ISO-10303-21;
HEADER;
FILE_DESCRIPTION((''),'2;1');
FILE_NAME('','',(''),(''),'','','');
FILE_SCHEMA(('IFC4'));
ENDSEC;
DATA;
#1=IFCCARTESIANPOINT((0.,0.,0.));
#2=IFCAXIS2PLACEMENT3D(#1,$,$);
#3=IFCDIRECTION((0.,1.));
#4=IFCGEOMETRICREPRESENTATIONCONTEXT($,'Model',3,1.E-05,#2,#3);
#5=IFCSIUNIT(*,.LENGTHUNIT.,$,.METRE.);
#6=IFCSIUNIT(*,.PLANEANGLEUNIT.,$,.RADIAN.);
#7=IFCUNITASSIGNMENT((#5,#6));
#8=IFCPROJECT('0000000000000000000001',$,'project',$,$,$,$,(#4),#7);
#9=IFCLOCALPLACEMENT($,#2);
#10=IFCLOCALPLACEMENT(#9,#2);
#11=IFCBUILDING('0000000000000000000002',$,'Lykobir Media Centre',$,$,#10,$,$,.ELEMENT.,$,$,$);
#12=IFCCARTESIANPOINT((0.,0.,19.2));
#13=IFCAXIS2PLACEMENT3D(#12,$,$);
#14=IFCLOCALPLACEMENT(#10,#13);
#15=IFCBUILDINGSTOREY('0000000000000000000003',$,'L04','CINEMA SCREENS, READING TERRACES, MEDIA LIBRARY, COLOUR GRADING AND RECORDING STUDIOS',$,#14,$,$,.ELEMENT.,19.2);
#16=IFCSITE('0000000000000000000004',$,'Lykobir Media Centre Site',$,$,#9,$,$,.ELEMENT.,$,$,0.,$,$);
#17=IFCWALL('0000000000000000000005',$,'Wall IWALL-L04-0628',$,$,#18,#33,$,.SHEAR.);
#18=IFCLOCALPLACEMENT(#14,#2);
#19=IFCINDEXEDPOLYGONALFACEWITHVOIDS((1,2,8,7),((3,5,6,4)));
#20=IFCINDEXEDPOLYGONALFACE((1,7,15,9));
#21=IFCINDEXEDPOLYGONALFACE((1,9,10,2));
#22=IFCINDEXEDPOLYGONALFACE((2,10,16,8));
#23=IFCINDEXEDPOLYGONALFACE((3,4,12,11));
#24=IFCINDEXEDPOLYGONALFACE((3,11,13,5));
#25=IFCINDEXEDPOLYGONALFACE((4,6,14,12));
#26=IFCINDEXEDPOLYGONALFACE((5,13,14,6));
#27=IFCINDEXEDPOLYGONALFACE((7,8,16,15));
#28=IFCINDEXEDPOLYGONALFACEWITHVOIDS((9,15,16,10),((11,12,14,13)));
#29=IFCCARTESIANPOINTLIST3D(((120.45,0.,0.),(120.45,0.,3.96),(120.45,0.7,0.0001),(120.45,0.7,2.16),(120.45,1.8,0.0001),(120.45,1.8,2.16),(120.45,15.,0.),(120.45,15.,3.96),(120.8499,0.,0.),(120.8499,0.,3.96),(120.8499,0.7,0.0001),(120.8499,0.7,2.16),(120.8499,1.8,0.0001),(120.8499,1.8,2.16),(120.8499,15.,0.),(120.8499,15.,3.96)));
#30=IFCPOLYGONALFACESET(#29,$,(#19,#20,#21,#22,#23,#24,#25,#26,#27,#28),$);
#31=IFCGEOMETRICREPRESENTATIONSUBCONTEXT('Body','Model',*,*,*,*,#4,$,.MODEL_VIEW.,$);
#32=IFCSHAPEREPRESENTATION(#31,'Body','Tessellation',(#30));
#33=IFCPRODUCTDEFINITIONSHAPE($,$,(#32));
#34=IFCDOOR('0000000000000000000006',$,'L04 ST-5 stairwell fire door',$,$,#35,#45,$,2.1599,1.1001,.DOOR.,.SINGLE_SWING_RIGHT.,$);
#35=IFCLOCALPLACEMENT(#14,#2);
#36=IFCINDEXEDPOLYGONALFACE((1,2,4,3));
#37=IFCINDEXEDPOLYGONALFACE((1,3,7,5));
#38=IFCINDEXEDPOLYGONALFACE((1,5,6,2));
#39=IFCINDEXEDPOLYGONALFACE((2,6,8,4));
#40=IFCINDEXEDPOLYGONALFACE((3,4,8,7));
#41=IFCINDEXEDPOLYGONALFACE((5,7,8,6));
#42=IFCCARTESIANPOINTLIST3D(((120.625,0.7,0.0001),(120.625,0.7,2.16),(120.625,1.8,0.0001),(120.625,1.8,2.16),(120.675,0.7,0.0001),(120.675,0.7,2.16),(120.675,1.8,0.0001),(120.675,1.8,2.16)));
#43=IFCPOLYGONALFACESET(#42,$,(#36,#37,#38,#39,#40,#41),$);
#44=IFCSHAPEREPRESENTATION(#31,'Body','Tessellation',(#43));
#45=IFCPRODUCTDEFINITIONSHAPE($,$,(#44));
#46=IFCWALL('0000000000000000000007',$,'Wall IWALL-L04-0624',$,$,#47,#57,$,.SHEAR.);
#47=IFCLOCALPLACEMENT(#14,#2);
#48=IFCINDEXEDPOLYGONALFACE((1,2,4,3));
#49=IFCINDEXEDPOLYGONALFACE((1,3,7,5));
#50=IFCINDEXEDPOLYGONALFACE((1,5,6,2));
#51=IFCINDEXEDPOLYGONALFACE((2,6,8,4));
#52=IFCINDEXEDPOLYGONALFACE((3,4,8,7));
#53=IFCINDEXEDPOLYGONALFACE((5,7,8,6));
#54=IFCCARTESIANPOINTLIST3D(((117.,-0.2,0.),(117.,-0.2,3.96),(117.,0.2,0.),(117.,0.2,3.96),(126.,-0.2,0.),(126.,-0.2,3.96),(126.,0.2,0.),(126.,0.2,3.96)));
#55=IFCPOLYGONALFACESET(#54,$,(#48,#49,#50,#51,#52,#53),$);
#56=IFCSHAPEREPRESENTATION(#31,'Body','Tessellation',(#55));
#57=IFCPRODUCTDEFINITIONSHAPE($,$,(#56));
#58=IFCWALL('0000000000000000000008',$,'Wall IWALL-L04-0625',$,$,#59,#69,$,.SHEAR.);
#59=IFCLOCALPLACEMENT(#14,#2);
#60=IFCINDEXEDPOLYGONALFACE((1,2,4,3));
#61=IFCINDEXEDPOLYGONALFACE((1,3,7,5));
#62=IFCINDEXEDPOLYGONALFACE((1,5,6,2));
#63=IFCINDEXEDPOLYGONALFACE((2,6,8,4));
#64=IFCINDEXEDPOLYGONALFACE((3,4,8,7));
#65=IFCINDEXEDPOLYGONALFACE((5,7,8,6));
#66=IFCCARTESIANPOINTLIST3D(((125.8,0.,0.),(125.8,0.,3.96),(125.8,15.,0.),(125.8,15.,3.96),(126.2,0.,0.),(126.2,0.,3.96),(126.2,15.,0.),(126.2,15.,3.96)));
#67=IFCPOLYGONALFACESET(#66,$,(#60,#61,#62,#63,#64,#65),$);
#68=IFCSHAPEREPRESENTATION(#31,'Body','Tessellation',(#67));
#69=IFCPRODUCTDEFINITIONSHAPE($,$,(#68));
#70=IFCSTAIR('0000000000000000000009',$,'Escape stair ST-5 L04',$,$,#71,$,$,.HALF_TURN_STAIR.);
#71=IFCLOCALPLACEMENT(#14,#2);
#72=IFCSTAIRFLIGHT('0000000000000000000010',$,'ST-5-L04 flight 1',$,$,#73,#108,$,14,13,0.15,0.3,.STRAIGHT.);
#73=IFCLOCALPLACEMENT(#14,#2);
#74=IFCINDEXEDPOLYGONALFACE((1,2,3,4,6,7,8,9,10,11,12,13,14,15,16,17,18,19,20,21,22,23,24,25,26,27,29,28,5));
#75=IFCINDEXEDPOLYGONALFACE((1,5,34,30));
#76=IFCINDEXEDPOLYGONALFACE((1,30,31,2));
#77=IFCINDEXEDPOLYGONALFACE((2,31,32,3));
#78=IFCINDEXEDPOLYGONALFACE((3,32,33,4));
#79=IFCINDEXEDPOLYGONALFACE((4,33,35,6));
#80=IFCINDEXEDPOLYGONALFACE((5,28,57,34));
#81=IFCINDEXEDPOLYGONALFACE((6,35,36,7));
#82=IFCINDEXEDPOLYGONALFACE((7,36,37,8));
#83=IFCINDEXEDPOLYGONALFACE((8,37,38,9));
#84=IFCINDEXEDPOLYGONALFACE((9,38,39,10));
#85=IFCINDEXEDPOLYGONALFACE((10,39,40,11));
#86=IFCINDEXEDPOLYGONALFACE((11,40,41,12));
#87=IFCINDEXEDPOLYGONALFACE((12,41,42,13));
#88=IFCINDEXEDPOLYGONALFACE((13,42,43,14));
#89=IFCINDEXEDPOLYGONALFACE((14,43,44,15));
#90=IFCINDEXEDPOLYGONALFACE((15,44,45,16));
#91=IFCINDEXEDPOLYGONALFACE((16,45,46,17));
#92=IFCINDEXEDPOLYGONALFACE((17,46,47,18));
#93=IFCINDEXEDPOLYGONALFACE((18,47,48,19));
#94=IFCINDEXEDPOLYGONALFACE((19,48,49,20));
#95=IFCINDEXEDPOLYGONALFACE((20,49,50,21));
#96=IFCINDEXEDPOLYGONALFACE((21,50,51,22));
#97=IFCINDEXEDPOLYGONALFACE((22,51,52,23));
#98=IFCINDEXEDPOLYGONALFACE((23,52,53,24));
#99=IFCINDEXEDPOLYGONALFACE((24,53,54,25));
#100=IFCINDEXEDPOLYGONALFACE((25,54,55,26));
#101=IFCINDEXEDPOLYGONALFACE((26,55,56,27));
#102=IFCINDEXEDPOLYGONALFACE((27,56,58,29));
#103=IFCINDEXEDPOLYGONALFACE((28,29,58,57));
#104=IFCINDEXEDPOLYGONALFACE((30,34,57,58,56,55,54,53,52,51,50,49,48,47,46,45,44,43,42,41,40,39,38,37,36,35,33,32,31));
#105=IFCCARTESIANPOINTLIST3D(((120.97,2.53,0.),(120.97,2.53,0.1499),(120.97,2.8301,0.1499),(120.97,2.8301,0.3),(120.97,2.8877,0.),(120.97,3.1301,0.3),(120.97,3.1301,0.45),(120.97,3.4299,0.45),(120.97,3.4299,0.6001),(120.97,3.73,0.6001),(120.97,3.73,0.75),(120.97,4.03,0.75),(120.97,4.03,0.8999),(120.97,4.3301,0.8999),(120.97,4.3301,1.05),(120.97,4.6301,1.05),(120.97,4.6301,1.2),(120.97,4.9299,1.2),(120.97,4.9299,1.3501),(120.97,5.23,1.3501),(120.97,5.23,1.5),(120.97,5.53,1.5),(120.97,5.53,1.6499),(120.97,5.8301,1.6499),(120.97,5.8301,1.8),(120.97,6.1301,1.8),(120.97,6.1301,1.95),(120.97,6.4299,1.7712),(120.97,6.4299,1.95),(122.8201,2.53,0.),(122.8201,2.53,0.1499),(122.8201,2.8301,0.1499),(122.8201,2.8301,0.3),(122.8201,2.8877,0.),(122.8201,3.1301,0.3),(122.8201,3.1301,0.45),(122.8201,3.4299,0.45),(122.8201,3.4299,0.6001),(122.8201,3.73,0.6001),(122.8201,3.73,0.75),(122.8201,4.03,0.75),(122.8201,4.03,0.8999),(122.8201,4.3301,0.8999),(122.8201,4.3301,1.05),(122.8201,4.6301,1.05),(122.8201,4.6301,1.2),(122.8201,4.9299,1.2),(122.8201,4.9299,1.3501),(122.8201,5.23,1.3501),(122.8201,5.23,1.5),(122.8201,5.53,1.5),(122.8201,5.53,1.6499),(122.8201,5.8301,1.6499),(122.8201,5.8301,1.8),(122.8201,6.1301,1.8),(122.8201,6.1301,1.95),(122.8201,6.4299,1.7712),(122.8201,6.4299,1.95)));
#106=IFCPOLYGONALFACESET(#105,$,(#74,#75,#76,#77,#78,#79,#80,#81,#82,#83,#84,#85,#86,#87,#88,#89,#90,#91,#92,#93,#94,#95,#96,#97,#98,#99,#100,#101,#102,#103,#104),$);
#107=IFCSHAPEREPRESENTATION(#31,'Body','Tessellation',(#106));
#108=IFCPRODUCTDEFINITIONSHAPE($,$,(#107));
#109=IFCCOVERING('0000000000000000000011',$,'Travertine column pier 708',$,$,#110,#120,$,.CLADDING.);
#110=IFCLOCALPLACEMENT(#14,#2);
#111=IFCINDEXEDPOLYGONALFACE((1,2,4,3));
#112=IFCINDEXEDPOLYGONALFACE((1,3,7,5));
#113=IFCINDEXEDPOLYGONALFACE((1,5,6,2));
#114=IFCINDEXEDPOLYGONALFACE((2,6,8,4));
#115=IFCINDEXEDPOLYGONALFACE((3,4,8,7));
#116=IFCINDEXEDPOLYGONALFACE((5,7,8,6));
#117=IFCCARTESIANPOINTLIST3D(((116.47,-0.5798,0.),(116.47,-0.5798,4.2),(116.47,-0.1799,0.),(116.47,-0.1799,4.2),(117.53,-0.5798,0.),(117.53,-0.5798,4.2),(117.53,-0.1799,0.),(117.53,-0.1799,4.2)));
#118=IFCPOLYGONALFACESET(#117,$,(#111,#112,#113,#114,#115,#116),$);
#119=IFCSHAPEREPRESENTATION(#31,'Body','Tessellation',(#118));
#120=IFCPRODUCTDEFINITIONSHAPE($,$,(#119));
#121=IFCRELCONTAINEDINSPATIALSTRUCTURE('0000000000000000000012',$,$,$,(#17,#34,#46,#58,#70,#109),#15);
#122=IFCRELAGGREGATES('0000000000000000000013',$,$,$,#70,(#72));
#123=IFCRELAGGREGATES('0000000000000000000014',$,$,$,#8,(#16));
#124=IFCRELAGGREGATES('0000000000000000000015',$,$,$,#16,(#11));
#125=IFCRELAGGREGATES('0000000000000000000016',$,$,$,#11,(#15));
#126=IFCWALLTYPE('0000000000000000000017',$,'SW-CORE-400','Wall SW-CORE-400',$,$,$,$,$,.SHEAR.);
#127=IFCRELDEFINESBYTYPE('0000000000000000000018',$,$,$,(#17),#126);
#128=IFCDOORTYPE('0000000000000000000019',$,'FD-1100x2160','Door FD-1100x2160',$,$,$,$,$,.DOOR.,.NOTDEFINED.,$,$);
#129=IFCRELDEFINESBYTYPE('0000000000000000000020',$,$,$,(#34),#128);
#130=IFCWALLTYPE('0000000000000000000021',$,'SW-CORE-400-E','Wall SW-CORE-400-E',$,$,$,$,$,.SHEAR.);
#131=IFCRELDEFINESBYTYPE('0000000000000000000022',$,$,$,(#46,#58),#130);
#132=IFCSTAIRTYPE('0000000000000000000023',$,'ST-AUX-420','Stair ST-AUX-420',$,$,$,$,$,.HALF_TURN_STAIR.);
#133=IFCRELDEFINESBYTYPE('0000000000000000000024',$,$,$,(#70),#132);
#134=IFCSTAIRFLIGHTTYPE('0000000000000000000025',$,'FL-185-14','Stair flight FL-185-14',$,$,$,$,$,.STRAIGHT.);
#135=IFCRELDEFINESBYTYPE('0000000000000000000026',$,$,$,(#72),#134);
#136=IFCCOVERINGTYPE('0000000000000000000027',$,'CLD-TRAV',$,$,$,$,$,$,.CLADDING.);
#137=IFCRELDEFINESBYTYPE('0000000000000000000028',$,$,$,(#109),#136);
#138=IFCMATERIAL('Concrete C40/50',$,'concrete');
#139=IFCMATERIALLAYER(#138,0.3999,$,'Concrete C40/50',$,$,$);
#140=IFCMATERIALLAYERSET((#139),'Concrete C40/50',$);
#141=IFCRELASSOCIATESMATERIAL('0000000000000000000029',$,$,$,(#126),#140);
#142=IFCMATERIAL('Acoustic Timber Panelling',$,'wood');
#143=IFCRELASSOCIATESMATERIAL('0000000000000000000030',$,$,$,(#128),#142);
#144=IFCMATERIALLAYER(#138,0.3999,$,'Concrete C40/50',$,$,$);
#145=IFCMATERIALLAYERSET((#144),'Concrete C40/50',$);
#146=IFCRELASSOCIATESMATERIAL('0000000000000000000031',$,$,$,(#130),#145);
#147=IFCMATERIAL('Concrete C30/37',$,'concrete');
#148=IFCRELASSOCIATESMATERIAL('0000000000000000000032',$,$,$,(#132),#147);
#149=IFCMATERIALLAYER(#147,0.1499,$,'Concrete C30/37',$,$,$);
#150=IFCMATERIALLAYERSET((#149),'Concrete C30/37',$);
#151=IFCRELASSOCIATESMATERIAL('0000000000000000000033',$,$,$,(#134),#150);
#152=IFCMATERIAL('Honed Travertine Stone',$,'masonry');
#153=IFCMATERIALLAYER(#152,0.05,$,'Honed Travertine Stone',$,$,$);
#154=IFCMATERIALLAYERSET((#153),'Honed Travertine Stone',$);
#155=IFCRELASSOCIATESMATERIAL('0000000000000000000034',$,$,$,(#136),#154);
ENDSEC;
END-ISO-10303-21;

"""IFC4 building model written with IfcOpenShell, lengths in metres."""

from ifc_helpers import new_model, si_unit, direction, frame, frame_2d, origin, origin_2d, place, context, subcontext, project, spatial, polyline, rectangle, outline, extrude, material, layer, layer_set, type_object, element, fill, aggregate, save


model = new_model("IFC4")

# Units and contexts
model_context = context("Model", 3, precision=1e-05, world=origin(), true_north=direction((0.0, 1.0)))
body_context = subcontext(model_context, "Body", "Model", "MODEL_VIEW")
ifc_project = project(units=[si_unit("LENGTHUNIT", "METRE"), si_unit("PLANEANGLEUNIT", "RADIAN")], contexts=[model_context])

# Site, building, storey
site_placement = place(None, origin())
site = spatial("IfcSite", under=ifc_project, at=site_placement, Name="Lykobir Media Centre Site", CompositionType="ELEMENT", RefElevation=0.0)
building_placement = place(site_placement, origin())
building = spatial("IfcBuilding", under=site, at=building_placement, Name="Lykobir Media Centre", CompositionType="ELEMENT")
storey_placement = place(building_placement, frame((0.0, 0.0, 19.2)))
storey = spatial("IfcBuildingStorey", under=building, at=storey_placement, Name="L04", Description="CINEMA SCREENS, READING TERRACES, MEDIA LIBRARY, COLOUR GRADING AND RECORDING STUDIOS", CompositionType="ELEMENT", Elevation=19.2)

# Shared definitions
ifc_material_1 = material(Name="Concrete C40/50", Category="concrete")

# Shared definitions
ifc_material_2 = material(Name="Concrete C30/37", Category="concrete")

# Wall, opening, door
ifc_layer_1 = layer(ifc_material_1, 0.3999, Name="Concrete C40/50")
ifc_layer_set_1 = layer_set([ifc_layer_1], Name="Concrete C40/50")
wall_type_1 = type_object("IfcWallType", Name="SW-CORE-400", Description="Wall SW-CORE-400", PredefinedType="SHEAR", material=ifc_layer_set_1)
wall_1_placement = place(storey_placement, frame((120.6499, 0.0, 0.0), z_axis=(0.0, 0.0, 1.0), x_axis=(0.0, 1.0, 0.0)))
wall_1 = element("IfcWall", 1, at=wall_1_placement, inside=storey, type_object=wall_type_1, Name="Wall IWALL-L04-0628", PredefinedType="SHEAR", context=body_context, shape_type="SweptSolid", body=[
    extrude(rectangle(XDim=15.0, YDim=0.3999, at=frame_2d((7.5, 0.0))), origin(), (0.0, 0.0, 1.0), 3.96),
])
opening_placement = place(wall_1_placement, frame((0.7, 0.0, 0.0)))
opening = element("IfcOpeningElement", 2, at=opening_placement, cuts=wall_1, PredefinedType="OPENING", context=body_context, shape_type="SweptSolid", body=[
    extrude(rectangle(XDim=1.1001, YDim=2.1599, at=frame_2d((0.55, 1.0801))), frame((0.0, 0.21, 0.0), z_axis=(0.0, -1.0, 0.0), x_axis=(1.0, 0.0, 0.0)), (0.0, 0.0, 1.0), 0.4199),
])
ifc_material_3 = material(Name="Acoustic Timber Panelling", Category="wood")
door_type = type_object("IfcDoorType", Name="FD-1100x2160", Description="Door FD-1100x2160", OperationType="NOTDEFINED", PredefinedType="DOOR", material=ifc_material_3)
door_placement = place(opening_placement, origin())
door = element("IfcDoor", 3, at=door_placement, inside=storey, type_object=door_type, Name="L04 ST-5 stairwell fire door", OperationType="SINGLE_SWING_RIGHT", OverallHeight=2.1599, OverallWidth=1.1001, PredefinedType="DOOR", context=body_context, shape_type="SweptSolid", body=[
    extrude(rectangle(XDim=1.1001, YDim=2.1599, at=frame_2d((0.55, 1.0801))), frame((0.0, 0.0249, 0.0), z_axis=(0.0, -1.0, 0.0), x_axis=(1.0, 0.0, 0.0)), (0.0, 0.0, 1.0), 0.05),
])
fill(opening, door)

# Walls
ifc_layer_2 = layer(ifc_material_1, 0.3999, Name="Concrete C40/50")
ifc_layer_set_2 = layer_set([ifc_layer_2], Name="Concrete C40/50")
wall_type_2 = type_object("IfcWallType", Name="SW-CORE-400-E", Description="Wall SW-CORE-400-E", PredefinedType="SHEAR", material=ifc_layer_set_2)
wall_2_placement = place(storey_placement, frame((117.0, 0.0, 0.0), z_axis=(0.0, 0.0, 1.0), x_axis=(1.0, 0.0, 0.0)))
element("IfcWall", 4, at=wall_2_placement, inside=storey, type_object=wall_type_2, Name="Wall IWALL-L04-0624", PredefinedType="SHEAR", context=body_context, shape_type="SweptSolid", body=[
    extrude(rectangle(XDim=9.0, YDim=0.3999, at=frame_2d((4.5, 0.0))), origin(), (0.0, 0.0, 1.0), 3.96),
])
wall_3_placement = place(storey_placement, frame((126.0, 0.0, 0.0), z_axis=(0.0, 0.0, 1.0), x_axis=(0.0, 1.0, 0.0)))
element("IfcWall", 5, at=wall_3_placement, inside=storey, type_object=wall_type_2, Name="Wall IWALL-L04-0625", PredefinedType="SHEAR", context=body_context, shape_type="SweptSolid", body=[
    extrude(rectangle(XDim=15.0, YDim=0.3999, at=frame_2d((7.5, 0.0))), origin(), (0.0, 0.0, 1.0), 3.96),
])

# Stair, stair flight
stair_type = type_object("IfcStairType", Name="ST-AUX-420", Description="Stair ST-AUX-420", PredefinedType="HALF_TURN_STAIR", material=ifc_material_2)
stair_placement = place(storey_placement, origin())
stair = element("IfcStair", 6, at=stair_placement, inside=storey, type_object=stair_type, Name="Escape stair ST-5 L04", PredefinedType="HALF_TURN_STAIR")
ifc_layer_3 = layer(ifc_material_2, 0.1499, Name="Concrete C30/37")
ifc_layer_set_3 = layer_set([ifc_layer_3], Name="Concrete C30/37")
stair_flight_type = type_object("IfcStairFlightType", Name="FL-185-14", Description="Stair flight FL-185-14", PredefinedType="STRAIGHT", material=ifc_layer_set_3)
stair_flight_placement = place(storey_placement, frame((121.895, 2.53, 0.0), z_axis=(0.0, 0.0, 1.0), x_axis=(0.0, 1.0, 0.0)))
stair_flight = element("IfcStairFlight", 7, at=stair_flight_placement, type_object=stair_flight_type, Name="ST-5-L04 flight 1", NumberOfRisers=14, NumberOfTreads=13, PredefinedType="STRAIGHT", RiserHeight=0.15, TreadLength=0.3, context=body_context, shape_type="SweptSolid", body=[
    extrude(outline(polyline([(0.0, 0.0), (0.0, 0.1499), (0.3, 0.1499), (0.3, 0.3), (0.6001, 0.3), (0.6001, 0.45), (0.8999, 0.45), (0.8999, 0.6001), (1.2, 0.6001), (1.2, 0.75), (1.5, 0.75), (1.5, 0.8999), (1.8, 0.8999), (1.8, 1.05), (2.1001, 1.05), (2.1001, 1.2), (2.3999, 1.2), (2.3999, 1.3501), (2.7, 1.3501), (2.7, 1.5), (3.0, 1.5), (3.0, 1.6499), (3.3, 1.6499), (3.3, 1.8), (3.6001, 1.8), (3.6001, 1.95), (3.8999, 1.95), (3.8999, 2.1001), (3.8999, 1.7712), (0.3577, 0.0), (0.0, 0.0)])), frame((0.0, 0.925, 0.0), z_axis=(0.0, -1.0, 0.0), x_axis=(1.0, 0.0, 0.0)), (0.0, 0.0, 1.0), 1.8501),
])
aggregate(stair, [stair_flight])

# Covering
ifc_material_4 = material(Name="Honed Travertine Stone", Category="masonry")
ifc_layer_4 = layer(ifc_material_4, 0.05, Name="Honed Travertine Stone")
ifc_layer_set_4 = layer_set([ifc_layer_4], Name="Honed Travertine Stone")
covering_type = type_object("IfcCoveringType", Name="CLD-TRAV", PredefinedType="CLADDING", material=ifc_layer_set_4)
covering_placement = place(storey_placement, frame((117.0, -0.3799, 0.0), z_axis=(0.0, 0.0, 1.0), x_axis=(1.0, 0.0, 0.0)))
element("IfcCovering", 8, at=covering_placement, inside=storey, type_object=covering_type, Name="Travertine column pier 708", PredefinedType="CLADDING", context=body_context, shape_type="SweptSolid", body=[
    extrude(rectangle(XDim=1.0601, YDim=0.3999, at=origin_2d()), origin(), (0.0, 0.0, 1.0), 4.2),
])

save(model, "model.ifc")
